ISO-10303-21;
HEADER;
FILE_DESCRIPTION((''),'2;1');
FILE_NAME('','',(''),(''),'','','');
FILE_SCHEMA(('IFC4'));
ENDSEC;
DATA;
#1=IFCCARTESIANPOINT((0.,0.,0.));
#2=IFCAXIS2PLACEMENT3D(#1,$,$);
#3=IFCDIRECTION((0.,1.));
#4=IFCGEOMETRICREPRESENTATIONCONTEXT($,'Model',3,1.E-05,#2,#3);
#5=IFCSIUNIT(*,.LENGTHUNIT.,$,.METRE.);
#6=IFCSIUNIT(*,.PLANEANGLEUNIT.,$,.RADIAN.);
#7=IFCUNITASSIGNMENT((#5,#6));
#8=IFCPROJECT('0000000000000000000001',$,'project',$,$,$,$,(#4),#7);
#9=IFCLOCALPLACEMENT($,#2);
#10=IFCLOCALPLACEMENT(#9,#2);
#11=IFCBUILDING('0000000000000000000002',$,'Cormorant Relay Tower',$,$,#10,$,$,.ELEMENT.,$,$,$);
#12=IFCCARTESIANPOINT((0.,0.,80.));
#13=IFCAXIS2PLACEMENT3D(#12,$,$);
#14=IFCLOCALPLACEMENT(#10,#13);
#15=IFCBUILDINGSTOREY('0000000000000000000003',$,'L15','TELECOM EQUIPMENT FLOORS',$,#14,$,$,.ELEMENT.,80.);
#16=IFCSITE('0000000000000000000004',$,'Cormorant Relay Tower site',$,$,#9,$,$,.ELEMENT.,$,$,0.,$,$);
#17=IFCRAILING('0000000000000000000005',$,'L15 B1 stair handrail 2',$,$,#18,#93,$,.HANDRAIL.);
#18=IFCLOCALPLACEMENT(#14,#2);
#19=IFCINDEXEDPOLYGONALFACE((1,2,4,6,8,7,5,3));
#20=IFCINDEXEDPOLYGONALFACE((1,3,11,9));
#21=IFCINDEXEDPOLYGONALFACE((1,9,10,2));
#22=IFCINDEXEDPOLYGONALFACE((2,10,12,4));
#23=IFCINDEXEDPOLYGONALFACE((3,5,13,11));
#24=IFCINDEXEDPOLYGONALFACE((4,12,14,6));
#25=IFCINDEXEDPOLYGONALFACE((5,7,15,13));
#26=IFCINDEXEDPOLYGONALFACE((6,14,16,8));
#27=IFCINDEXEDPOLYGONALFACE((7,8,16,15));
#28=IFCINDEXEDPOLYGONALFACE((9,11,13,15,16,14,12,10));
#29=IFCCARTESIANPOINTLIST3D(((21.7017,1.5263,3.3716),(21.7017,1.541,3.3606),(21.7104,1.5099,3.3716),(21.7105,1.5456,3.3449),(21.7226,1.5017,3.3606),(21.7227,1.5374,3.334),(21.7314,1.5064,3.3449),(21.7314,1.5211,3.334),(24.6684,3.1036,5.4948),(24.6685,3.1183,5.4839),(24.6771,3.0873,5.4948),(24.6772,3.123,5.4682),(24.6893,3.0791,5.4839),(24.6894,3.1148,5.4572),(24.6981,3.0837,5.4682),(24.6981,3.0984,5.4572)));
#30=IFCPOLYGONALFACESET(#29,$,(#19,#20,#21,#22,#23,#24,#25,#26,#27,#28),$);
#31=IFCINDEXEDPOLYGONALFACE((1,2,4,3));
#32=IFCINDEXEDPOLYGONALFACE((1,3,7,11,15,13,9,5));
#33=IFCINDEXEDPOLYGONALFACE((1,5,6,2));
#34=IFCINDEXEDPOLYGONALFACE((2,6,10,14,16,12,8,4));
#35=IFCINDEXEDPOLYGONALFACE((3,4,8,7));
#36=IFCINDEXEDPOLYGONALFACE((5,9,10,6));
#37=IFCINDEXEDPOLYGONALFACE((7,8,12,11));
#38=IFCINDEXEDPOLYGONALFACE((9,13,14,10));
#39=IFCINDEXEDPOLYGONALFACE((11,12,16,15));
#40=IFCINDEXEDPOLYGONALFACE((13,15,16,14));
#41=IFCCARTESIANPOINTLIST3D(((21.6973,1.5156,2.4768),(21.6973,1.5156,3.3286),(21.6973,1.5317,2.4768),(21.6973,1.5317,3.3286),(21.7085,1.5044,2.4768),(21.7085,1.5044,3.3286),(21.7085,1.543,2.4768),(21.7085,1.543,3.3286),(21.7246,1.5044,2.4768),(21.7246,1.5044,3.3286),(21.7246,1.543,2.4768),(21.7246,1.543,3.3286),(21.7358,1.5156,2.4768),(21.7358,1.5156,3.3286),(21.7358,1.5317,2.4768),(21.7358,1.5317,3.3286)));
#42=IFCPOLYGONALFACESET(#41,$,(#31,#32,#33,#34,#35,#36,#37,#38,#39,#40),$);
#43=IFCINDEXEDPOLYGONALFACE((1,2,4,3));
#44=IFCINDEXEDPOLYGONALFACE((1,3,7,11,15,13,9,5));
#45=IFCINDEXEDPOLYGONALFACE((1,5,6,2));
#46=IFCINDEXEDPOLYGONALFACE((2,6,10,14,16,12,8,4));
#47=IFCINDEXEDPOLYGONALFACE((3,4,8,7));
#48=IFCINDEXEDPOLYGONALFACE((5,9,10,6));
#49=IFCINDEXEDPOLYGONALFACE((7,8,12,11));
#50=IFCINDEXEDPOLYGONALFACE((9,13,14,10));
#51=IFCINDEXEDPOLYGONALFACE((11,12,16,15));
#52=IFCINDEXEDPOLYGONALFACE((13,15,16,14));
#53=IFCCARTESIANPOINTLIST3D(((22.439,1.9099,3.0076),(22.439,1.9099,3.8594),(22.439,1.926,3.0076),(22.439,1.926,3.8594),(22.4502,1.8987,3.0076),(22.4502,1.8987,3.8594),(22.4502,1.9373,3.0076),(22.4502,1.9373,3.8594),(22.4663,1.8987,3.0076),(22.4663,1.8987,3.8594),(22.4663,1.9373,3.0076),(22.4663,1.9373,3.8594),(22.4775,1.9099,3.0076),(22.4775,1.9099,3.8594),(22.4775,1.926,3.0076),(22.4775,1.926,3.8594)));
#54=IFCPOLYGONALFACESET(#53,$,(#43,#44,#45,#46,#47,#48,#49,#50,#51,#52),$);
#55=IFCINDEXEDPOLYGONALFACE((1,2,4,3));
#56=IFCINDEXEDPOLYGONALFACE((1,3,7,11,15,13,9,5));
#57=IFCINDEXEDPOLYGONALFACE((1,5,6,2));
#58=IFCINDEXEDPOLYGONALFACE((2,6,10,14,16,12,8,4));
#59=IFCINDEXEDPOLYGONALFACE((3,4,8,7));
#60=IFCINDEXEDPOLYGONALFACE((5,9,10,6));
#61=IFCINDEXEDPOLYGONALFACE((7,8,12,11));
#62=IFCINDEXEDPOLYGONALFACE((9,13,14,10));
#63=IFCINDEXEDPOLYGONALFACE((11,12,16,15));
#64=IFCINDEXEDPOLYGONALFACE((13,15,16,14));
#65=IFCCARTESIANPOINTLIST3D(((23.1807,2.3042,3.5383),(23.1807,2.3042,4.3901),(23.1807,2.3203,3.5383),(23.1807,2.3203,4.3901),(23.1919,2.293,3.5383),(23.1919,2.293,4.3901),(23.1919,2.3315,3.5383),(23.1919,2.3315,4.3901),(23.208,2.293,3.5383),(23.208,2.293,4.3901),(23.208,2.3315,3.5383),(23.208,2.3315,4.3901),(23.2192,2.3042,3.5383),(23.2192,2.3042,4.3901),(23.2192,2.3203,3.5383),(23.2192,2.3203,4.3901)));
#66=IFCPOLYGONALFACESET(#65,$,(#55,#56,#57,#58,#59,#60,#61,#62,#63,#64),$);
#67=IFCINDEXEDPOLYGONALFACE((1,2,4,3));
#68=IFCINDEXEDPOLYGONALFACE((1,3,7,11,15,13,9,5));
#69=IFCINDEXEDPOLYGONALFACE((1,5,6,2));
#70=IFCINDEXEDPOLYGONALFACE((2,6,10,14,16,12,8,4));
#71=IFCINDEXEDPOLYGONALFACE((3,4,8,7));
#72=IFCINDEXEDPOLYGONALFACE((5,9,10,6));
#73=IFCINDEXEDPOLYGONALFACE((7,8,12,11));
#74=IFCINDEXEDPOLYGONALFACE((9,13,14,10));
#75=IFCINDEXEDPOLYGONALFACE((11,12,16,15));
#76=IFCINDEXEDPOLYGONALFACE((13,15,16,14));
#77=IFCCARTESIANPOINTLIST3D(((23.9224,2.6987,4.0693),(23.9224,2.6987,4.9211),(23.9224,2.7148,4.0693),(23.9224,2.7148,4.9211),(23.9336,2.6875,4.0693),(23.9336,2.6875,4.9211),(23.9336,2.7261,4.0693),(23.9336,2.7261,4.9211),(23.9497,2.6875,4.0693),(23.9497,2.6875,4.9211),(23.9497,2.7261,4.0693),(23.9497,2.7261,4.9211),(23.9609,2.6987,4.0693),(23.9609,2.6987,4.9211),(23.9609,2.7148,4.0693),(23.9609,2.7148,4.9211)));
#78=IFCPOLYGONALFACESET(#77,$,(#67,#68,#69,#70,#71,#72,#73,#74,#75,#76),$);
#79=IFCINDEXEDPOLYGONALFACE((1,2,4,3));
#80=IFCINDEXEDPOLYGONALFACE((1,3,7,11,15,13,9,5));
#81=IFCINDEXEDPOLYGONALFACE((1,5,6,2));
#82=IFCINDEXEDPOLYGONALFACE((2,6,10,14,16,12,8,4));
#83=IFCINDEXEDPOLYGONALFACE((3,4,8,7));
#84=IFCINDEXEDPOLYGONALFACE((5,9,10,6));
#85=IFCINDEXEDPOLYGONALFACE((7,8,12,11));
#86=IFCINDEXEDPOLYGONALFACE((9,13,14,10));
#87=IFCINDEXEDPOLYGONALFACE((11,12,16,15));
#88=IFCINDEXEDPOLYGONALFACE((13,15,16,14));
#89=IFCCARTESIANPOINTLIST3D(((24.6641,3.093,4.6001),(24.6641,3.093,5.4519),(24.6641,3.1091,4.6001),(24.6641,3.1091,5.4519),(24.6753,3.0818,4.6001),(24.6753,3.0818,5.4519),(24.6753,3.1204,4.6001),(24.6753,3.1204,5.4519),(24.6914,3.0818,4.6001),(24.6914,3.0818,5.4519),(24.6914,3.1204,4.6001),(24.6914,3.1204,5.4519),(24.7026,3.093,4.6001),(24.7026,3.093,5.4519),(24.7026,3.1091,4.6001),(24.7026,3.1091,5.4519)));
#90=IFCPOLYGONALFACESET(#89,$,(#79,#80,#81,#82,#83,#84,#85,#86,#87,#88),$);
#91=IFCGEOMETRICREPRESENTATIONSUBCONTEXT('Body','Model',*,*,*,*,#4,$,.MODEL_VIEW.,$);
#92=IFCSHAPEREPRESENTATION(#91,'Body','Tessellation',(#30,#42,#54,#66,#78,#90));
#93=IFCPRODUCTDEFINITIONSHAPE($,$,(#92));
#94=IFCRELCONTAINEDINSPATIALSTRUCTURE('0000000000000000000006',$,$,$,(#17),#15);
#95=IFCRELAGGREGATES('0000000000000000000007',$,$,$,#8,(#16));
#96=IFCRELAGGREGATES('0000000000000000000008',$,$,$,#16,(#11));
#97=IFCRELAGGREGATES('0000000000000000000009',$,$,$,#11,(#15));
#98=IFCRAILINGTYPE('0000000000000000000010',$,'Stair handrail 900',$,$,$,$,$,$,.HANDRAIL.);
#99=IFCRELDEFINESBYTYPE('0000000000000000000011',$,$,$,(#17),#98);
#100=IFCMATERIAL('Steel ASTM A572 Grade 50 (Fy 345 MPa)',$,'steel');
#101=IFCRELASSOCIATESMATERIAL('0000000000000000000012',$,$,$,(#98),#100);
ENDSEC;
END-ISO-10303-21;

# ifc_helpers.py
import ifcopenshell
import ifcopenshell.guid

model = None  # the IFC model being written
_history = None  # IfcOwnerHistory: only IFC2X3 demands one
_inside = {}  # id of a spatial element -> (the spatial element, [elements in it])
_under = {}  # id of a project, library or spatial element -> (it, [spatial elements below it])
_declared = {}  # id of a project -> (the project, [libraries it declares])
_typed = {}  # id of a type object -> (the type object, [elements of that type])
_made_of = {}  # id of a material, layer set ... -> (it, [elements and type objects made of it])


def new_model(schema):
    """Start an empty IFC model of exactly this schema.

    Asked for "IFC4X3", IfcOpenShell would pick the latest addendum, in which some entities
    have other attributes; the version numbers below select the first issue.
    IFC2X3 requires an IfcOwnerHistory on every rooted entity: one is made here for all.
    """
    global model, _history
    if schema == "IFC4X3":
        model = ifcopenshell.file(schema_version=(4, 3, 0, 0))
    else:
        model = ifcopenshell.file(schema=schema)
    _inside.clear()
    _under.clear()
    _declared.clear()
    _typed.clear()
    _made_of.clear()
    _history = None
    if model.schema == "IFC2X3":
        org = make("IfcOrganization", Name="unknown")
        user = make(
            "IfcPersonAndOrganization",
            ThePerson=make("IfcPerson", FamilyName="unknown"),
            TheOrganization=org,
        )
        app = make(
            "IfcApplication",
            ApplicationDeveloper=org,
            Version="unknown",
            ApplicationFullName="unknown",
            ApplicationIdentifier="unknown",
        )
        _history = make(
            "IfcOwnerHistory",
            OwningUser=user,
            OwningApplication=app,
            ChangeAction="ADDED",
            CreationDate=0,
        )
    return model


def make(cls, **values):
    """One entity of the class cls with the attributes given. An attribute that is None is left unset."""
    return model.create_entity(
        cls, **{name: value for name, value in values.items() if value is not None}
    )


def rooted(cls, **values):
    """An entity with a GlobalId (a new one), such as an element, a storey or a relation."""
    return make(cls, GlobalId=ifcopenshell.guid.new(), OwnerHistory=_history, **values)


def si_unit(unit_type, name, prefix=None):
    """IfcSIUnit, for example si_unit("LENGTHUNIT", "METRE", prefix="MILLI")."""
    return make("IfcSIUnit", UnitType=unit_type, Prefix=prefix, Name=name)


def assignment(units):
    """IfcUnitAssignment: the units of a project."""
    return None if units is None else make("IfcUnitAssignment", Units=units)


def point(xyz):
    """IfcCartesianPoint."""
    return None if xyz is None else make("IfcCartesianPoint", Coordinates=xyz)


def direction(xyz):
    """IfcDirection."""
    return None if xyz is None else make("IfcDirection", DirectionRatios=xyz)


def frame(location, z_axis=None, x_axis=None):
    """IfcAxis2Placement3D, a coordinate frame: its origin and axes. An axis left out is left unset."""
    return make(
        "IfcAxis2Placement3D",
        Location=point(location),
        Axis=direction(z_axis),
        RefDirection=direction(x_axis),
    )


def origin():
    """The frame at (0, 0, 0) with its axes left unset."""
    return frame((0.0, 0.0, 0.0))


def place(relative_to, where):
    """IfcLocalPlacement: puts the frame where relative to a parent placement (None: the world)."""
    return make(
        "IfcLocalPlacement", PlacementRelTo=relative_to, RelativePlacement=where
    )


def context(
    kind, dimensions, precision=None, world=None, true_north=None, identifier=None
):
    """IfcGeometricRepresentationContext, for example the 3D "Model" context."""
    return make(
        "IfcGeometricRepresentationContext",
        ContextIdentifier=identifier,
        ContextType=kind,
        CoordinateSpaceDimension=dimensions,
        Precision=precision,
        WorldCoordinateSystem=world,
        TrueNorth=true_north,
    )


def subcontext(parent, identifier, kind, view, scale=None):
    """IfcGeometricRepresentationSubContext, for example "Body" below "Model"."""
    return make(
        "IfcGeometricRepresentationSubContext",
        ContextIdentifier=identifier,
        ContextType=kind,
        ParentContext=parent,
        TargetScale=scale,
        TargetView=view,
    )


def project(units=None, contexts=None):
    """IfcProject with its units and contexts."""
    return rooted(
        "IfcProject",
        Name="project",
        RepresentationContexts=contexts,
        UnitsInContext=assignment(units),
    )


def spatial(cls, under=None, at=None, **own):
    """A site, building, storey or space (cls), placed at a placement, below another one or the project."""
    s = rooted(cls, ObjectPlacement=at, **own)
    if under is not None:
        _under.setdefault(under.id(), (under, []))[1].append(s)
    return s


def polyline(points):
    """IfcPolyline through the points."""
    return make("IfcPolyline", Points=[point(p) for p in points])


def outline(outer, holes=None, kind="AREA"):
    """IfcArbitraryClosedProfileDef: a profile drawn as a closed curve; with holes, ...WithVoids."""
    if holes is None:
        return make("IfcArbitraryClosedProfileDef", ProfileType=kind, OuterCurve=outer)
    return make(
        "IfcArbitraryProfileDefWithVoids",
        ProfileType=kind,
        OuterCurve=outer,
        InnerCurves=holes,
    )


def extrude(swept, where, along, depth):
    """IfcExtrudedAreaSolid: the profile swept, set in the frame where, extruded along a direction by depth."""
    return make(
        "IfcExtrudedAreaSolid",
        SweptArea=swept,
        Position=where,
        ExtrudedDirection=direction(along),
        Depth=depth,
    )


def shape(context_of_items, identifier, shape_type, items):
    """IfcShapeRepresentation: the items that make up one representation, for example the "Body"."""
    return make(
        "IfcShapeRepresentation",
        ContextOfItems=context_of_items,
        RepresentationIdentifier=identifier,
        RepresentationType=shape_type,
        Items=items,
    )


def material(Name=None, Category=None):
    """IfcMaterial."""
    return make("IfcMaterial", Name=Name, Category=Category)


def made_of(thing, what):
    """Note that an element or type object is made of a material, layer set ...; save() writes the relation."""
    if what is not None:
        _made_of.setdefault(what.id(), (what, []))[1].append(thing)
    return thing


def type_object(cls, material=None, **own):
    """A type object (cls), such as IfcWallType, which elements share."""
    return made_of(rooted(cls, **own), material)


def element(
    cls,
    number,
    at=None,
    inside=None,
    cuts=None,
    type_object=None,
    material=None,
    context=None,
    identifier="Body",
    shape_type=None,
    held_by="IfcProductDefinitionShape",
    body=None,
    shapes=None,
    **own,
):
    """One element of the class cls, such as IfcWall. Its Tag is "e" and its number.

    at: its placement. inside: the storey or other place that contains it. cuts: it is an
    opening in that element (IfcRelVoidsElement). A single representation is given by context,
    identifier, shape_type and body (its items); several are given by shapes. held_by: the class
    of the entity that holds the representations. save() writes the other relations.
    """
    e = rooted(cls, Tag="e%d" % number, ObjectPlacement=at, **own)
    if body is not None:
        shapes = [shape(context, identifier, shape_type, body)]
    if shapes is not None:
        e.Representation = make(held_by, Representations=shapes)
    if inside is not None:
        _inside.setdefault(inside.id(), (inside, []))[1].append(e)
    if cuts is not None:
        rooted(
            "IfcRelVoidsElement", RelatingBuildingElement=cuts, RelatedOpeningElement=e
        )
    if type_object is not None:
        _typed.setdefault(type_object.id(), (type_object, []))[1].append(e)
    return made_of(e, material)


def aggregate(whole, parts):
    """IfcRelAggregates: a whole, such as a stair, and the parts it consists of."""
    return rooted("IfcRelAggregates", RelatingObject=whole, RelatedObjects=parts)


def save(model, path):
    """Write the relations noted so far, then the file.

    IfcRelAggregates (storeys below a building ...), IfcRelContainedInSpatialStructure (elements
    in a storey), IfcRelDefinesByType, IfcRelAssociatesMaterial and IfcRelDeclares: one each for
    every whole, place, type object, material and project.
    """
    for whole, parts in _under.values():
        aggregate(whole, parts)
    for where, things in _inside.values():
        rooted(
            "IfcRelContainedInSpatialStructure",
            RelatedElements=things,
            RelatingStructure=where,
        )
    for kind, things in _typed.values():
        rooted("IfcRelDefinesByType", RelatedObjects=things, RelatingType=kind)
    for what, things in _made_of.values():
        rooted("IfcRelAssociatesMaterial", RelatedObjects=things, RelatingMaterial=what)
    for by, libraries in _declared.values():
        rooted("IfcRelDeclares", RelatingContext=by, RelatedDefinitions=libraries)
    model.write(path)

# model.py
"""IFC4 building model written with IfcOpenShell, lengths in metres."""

from ifc_helpers import new_model, si_unit, direction, frame, origin, place, context, subcontext, project, spatial, polyline, outline, extrude, material, type_object, element, save


model = new_model("IFC4")

# Units and contexts
model_context = context("Model", 3, precision=1e-05, world=origin(), true_north=direction((0.0, 1.0)))
body_context = subcontext(model_context, "Body", "Model", "MODEL_VIEW")
ifc_project = project(units=[si_unit("LENGTHUNIT", "METRE"), si_unit("PLANEANGLEUNIT", "RADIAN")], contexts=[model_context])

# Site, building, storey
site_placement = place(None, origin())
site = spatial("IfcSite", under=ifc_project, at=site_placement, Name="Cormorant Relay Tower site", CompositionType="ELEMENT", RefElevation=0.0)
building_placement = place(site_placement, origin())
building = spatial("IfcBuilding", under=site, at=building_placement, Name="Cormorant Relay Tower", CompositionType="ELEMENT")
storey_placement = place(building_placement, frame((0.0, 0.0, 80.0)))
storey = spatial("IfcBuildingStorey", under=building, at=storey_placement, Name="L15", Description="TELECOM EQUIPMENT FLOORS", CompositionType="ELEMENT", Elevation=80.0)

# Railing
ifc_material_1 = material(Name="Steel ASTM A572 Grade 50 (Fy 345 MPa)", Category="steel")
railing_type_1 = type_object("IfcRailingType", Name="Stair handrail 900", PredefinedType="HANDRAIL", material=ifc_material_1)
railing_1_placement = place(storey_placement, frame((21.7166, 1.5237, 2.4768)))
element("IfcRailing", 1, at=railing_1_placement, inside=storey, type_object=railing_type_1, Name="L15 B1 stair handrail 2", PredefinedType="HANDRAIL", context=body_context, shape_type="SweptSolid", body=[
    extrude(outline(polyline([(0.0222, 0.0093), (0.0093, 0.0222), (-0.0093, 0.0222), (-0.0222, 0.0093), (-0.0222, -0.0093), (-0.0093, -0.0222), (0.0093, -0.0222), (0.0222, -0.0093), (0.0222, 0.0093)])), frame((0.0, 0.0, 0.876), z_axis=(0.746416, 0.396856, 0.534199), x_axis=(-0.469453, 0.882958, 0.0)), (0.0, 0.0, 1.0), 3.9746),
    extrude(outline(polyline([(0.0193, 0.0081), (0.0081, 0.0193), (-0.0081, 0.0193), (-0.0193, 0.0081), (-0.0193, -0.0081), (-0.0081, -0.0193), (0.0081, -0.0193), (0.0193, -0.0081), (0.0193, 0.0081)])), origin(), (0.0, 0.0, 1.0), 0.8518),
    extrude(outline(polyline([(0.0193, 0.0081), (0.0081, 0.0193), (-0.0081, 0.0193), (-0.0193, 0.0081), (-0.0193, -0.0081), (-0.0081, -0.0193), (0.0081, -0.0193), (0.0193, -0.0081), (0.0193, 0.0081)])), frame((0.7417, 0.3943, 0.5308)), (0.0, 0.0, 1.0), 0.8518),
    extrude(outline(polyline([(0.0193, 0.0081), (0.0081, 0.0193), (-0.0081, 0.0193), (-0.0193, 0.0081), (-0.0193, -0.0081), (-0.0081, -0.0193), (0.0081, -0.0193), (0.0193, -0.0081), (0.0193, 0.0081)])), frame((1.4834, 0.7886, 1.0615)), (0.0, 0.0, 1.0), 0.8518),
    extrude(outline(polyline([(0.0193, 0.0081), (0.0081, 0.0193), (-0.0081, 0.0193), (-0.0193, 0.0081), (-0.0193, -0.0081), (-0.0081, -0.0193), (0.0081, -0.0193), (0.0193, -0.0081), (0.0193, 0.0081)])), frame((2.2251, 1.1831, 1.5925)), (0.0, 0.0, 1.0), 0.8518),
    extrude(outline(polyline([(0.0193, 0.0081), (0.0081, 0.0193), (-0.0081, 0.0193), (-0.0193, 0.0081), (-0.0193, -0.0081), (-0.0081, -0.0193), (0.0081, -0.0193), (0.0193, -0.0081), (0.0193, 0.0081)])), frame((2.9668, 1.5774, 2.1233)), (0.0, 0.0, 1.0), 0.8518),
])

save(model, "model.ifc")
